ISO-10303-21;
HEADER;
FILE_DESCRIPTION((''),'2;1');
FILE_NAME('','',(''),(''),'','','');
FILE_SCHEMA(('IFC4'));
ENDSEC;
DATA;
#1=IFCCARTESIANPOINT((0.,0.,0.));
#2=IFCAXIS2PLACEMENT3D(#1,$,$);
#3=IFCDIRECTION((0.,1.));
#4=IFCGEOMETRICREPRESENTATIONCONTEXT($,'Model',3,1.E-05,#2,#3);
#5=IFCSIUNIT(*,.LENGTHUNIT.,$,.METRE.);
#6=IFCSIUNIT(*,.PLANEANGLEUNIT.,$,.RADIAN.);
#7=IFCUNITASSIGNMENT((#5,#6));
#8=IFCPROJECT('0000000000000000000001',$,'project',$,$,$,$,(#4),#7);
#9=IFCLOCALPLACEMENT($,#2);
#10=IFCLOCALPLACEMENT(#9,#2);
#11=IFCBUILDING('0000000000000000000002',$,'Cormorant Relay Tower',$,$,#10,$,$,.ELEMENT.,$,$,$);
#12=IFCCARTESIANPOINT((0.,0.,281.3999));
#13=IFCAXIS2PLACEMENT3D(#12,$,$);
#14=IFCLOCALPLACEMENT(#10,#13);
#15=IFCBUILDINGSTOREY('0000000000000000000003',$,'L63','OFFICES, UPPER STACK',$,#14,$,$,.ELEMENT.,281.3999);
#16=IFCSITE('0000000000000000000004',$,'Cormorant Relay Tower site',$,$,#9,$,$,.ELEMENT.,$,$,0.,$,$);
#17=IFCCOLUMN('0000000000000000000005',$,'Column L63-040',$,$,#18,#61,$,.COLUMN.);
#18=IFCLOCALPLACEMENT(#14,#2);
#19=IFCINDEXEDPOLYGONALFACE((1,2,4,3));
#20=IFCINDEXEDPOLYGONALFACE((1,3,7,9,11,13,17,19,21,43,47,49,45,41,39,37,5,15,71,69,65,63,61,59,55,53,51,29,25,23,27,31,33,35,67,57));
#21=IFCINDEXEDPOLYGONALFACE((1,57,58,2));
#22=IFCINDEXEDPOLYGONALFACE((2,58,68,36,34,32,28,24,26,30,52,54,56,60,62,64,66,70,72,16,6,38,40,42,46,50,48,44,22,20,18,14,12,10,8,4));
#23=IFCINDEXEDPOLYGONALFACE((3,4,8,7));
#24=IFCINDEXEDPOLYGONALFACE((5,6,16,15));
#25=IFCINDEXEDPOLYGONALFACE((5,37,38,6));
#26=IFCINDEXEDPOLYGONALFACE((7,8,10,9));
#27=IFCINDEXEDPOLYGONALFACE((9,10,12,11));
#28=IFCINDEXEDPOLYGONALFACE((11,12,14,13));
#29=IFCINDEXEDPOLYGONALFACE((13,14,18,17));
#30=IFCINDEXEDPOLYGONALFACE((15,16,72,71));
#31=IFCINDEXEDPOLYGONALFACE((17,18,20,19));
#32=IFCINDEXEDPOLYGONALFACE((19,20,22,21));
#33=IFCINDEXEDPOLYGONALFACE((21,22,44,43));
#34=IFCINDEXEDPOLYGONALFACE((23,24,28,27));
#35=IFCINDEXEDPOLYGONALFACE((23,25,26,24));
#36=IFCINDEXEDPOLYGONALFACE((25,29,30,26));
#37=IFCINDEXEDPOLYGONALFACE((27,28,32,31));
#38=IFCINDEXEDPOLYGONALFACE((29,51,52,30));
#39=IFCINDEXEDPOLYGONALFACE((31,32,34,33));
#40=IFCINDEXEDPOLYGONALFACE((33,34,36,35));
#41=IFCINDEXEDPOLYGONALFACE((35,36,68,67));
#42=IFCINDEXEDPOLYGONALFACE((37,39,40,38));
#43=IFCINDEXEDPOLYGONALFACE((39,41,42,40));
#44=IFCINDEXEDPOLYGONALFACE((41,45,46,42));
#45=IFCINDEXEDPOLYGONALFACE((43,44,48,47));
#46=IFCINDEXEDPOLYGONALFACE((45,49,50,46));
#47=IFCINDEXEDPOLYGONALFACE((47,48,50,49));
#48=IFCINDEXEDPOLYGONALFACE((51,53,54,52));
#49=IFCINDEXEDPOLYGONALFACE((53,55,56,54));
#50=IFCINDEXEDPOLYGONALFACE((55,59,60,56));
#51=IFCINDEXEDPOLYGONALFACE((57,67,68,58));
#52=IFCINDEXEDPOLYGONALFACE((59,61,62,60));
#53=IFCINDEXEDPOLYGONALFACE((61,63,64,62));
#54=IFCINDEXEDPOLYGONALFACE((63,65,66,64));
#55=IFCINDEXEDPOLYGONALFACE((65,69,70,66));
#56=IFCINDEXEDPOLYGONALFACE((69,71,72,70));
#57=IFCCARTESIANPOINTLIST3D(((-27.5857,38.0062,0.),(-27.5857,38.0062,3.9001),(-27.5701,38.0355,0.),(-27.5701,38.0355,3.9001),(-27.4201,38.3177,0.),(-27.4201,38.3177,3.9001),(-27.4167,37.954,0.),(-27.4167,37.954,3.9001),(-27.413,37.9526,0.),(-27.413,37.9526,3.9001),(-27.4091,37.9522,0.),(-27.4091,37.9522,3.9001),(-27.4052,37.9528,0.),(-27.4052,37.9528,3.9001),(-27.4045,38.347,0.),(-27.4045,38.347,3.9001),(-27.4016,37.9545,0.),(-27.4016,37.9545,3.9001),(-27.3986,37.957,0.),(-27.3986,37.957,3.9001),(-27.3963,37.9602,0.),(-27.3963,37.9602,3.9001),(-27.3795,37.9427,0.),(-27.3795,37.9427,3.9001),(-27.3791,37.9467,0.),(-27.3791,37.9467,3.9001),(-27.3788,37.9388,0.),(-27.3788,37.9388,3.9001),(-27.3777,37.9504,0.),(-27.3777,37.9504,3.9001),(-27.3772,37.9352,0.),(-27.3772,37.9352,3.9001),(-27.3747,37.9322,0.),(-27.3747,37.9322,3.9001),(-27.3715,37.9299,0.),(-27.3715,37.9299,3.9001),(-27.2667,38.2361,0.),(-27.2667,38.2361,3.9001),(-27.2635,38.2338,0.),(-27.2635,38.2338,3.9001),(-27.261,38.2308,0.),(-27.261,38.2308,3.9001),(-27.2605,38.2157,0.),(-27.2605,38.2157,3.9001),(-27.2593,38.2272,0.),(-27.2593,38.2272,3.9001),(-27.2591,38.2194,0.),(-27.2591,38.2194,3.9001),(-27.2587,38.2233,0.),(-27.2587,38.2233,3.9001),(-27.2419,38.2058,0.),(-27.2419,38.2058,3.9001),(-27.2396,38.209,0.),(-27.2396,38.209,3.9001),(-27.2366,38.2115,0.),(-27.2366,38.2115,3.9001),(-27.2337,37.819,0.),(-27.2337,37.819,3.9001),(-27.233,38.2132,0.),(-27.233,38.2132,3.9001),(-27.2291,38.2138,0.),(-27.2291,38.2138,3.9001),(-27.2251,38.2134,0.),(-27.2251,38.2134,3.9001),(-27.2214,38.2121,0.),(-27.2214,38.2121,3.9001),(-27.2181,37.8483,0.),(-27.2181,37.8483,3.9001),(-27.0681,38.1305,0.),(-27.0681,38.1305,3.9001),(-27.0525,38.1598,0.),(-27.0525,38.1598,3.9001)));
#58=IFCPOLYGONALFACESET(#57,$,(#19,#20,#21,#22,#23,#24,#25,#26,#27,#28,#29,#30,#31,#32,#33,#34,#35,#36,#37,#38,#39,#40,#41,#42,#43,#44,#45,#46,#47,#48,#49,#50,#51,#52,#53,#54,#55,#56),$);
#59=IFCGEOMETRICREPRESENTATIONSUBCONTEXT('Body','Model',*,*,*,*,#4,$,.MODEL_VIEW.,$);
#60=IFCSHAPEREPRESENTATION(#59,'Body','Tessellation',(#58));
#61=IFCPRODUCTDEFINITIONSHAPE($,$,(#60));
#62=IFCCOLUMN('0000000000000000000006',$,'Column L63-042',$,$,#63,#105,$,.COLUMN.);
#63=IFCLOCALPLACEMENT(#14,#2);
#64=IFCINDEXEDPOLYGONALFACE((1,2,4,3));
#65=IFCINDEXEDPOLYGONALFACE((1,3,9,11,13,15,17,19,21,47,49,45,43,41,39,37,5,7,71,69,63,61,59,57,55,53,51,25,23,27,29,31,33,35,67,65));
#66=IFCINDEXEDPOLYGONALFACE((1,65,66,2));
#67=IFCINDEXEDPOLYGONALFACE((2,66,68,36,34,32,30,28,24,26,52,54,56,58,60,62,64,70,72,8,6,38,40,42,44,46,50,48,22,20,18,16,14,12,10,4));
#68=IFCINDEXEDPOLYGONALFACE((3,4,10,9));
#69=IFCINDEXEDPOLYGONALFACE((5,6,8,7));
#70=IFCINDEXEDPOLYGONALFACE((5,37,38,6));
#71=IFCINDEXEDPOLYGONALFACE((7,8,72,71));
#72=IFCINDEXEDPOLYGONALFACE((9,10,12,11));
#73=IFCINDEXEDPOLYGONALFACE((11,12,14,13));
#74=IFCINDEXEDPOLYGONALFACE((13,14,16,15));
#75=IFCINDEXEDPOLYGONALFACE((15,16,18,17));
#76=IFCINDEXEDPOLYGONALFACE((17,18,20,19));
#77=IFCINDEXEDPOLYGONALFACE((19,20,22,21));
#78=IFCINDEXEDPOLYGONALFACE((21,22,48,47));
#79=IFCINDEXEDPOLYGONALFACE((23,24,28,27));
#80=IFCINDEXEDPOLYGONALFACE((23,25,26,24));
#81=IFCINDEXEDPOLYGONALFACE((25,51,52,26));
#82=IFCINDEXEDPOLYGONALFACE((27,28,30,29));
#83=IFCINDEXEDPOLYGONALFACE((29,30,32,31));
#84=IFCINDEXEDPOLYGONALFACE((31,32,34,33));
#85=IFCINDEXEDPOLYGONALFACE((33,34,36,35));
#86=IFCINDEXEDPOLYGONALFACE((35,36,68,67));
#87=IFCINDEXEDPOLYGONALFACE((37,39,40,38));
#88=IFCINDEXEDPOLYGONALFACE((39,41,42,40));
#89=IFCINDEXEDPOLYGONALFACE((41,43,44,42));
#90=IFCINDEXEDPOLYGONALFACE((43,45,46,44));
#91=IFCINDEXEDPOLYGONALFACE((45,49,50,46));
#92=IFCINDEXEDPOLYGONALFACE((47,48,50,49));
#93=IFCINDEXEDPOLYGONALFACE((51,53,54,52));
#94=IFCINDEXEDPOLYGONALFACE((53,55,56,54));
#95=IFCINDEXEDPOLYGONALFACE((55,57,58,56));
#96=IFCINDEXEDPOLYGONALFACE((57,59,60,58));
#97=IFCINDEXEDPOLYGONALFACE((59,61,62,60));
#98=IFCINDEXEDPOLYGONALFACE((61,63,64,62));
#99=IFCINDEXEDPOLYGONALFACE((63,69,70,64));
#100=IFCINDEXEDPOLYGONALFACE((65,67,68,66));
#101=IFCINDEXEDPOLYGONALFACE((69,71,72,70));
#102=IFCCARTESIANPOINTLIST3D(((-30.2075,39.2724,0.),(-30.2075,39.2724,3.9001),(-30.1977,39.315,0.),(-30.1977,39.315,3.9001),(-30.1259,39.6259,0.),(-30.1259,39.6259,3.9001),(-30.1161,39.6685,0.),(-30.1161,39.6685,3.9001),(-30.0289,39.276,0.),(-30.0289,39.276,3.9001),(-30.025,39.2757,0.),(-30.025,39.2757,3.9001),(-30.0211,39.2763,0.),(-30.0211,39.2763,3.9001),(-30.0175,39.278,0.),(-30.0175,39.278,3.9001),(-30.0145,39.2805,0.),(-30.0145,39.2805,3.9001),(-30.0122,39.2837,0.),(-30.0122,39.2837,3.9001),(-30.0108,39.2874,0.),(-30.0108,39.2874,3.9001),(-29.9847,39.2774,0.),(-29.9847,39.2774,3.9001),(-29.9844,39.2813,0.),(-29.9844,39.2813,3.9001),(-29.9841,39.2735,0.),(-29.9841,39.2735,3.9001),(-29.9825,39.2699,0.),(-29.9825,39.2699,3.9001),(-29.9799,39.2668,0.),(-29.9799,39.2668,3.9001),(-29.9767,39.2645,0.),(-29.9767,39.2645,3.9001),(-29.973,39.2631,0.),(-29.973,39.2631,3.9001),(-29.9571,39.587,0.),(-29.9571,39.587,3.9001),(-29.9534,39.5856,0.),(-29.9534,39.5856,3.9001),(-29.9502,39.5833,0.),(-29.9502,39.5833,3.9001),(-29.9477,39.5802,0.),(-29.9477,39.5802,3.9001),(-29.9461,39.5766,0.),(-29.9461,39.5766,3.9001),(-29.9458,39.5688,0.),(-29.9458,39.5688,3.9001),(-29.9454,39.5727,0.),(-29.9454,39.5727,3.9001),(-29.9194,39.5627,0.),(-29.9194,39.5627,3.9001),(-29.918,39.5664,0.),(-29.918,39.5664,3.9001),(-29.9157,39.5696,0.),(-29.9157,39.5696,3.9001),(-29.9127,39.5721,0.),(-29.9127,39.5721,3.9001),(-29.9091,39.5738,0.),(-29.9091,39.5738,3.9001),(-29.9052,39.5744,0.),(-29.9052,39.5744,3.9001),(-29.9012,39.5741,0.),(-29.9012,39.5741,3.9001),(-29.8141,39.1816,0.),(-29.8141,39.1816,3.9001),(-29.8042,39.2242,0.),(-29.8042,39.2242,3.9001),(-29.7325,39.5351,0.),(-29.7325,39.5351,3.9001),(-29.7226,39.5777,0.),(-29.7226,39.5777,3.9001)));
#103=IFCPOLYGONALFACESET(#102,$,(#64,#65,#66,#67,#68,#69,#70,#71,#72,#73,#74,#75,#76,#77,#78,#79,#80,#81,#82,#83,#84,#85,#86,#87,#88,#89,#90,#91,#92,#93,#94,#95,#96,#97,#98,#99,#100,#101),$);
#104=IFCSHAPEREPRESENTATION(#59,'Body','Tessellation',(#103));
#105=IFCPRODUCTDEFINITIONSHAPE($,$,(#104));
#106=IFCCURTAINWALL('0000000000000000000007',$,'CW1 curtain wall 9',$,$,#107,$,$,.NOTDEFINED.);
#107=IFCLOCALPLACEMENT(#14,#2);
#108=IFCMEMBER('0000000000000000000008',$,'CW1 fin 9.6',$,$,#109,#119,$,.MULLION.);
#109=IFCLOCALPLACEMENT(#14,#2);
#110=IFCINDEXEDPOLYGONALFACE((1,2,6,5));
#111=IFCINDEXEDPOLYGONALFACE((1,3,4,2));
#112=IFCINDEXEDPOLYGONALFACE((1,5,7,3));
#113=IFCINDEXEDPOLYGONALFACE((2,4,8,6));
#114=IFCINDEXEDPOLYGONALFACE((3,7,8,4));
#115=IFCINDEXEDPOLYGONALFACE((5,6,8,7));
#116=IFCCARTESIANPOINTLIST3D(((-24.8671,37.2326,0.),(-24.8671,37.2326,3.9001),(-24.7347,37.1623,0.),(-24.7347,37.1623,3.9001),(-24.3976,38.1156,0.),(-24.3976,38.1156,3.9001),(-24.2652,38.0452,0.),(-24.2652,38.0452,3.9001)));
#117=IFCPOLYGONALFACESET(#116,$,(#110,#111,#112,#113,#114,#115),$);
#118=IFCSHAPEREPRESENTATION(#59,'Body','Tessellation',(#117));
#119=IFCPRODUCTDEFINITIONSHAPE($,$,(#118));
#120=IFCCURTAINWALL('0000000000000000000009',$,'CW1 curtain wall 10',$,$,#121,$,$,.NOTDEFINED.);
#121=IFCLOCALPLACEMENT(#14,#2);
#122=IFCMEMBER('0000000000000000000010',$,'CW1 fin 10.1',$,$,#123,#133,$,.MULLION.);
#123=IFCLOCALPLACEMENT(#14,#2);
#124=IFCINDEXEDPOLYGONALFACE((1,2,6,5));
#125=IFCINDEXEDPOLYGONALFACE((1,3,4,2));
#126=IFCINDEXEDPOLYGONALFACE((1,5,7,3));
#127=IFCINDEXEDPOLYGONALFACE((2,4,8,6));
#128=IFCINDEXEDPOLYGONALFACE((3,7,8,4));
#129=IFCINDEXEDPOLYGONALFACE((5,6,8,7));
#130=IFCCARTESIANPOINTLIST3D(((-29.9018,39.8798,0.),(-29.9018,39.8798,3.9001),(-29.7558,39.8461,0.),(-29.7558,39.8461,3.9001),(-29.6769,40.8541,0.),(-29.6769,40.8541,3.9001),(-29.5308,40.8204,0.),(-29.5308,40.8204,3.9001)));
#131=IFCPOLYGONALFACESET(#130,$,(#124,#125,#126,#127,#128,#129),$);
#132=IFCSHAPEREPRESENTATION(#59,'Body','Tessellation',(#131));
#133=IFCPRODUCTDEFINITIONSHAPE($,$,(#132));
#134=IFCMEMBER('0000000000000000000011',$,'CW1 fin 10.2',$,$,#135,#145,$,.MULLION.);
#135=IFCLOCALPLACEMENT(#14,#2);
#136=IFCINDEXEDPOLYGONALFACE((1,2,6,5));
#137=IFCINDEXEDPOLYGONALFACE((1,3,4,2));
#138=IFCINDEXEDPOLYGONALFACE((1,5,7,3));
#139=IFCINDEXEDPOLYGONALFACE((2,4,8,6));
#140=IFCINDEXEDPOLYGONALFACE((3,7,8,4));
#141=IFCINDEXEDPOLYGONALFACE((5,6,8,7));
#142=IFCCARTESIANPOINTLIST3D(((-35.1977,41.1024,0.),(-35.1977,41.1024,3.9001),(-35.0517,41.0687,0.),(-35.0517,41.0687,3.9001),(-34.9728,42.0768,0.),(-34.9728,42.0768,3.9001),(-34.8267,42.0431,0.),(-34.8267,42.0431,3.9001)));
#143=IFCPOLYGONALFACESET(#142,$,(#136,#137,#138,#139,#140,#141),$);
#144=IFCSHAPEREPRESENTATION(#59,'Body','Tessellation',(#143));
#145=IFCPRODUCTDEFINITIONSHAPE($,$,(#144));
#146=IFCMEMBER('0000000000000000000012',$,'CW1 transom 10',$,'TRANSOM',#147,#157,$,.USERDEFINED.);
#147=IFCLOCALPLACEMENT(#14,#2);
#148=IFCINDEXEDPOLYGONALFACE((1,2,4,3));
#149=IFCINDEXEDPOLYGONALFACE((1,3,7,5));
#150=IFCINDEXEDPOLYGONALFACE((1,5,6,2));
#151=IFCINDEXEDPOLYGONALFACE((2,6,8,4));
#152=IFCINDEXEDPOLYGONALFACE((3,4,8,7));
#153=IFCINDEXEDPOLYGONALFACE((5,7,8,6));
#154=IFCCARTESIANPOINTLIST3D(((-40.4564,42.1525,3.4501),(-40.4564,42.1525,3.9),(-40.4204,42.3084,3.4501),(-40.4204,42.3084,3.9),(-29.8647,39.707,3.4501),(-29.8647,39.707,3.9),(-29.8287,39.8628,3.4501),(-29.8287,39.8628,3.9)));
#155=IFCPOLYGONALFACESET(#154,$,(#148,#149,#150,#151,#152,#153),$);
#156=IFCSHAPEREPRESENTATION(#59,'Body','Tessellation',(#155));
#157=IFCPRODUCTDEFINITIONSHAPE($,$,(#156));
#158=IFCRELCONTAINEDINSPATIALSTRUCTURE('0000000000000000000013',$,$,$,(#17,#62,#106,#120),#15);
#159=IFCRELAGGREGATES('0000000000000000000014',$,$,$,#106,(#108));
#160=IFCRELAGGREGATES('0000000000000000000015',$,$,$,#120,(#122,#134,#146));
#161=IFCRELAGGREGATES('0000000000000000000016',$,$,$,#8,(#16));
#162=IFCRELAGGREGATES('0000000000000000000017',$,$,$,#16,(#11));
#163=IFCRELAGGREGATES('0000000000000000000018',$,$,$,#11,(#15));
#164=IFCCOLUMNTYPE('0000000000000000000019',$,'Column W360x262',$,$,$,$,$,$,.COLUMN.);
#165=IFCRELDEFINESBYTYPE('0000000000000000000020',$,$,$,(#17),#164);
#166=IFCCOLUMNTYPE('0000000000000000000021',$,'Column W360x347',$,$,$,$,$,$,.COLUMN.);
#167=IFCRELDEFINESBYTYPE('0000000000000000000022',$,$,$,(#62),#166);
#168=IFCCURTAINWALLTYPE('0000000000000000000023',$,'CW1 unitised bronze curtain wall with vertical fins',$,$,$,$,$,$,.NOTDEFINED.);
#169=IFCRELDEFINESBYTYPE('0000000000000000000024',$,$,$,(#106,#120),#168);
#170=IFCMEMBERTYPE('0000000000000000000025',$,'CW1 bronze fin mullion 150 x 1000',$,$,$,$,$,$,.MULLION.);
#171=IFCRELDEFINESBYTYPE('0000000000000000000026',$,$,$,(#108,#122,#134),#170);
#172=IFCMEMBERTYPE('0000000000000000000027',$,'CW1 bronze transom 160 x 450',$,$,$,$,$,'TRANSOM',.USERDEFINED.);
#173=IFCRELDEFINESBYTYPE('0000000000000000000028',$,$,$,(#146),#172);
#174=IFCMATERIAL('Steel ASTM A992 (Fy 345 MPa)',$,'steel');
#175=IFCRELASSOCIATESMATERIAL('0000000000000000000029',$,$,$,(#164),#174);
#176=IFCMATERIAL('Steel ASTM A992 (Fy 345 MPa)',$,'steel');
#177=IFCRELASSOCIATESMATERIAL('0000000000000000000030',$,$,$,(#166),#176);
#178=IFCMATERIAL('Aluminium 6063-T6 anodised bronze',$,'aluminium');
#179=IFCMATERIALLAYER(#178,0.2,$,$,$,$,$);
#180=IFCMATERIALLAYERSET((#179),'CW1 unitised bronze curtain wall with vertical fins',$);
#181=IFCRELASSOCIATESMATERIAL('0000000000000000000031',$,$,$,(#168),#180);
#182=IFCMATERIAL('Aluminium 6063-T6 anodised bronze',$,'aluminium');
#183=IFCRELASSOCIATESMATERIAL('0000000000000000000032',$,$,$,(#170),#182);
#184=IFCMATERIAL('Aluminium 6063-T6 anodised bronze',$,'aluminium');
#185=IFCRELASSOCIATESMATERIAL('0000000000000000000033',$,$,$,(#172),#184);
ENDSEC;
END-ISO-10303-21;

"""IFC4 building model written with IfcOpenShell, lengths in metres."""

from ifc_helpers import new_model, si_unit, direction, frame, origin, origin_2d, place, context, subcontext, project, spatial, rectangle, i_section, extrude, material, layer, layer_set, material_profile, profile_set, type_object, element, aggregate, save


model = new_model("IFC4")

# Units and contexts
model_context = context("Model", 3, precision=1e-05, world=origin(), true_north=direction((0.0, 1.0)))
body_context = subcontext(model_context, "Body", "Model", "MODEL_VIEW")
ifc_project = project(units=[si_unit("LENGTHUNIT", "METRE"), si_unit("PLANEANGLEUNIT", "RADIAN")], contexts=[model_context])

# Site, building, storey
site_placement = place(None, origin())
site = spatial("IfcSite", under=ifc_project, at=site_placement, Name="Cormorant Relay Tower site", CompositionType="ELEMENT", RefElevation=0.0)
building_placement = place(site_placement, origin())
building = spatial("IfcBuilding", under=site, at=building_placement, Name="Cormorant Relay Tower", CompositionType="ELEMENT")
storey_placement = place(building_placement, frame((0.0, 0.0, 281.3999)))
storey = spatial("IfcBuildingStorey", under=building, at=storey_placement, Name="L63", Description="OFFICES, UPPER STACK", CompositionType="ELEMENT", Elevation=281.3999)

# Columns
ifc_material_1 = material(Name="Steel ASTM A992 (Fy 345 MPa)", Category="steel")
ifc_material_profile_1 = material_profile(ifc_material_1, i_section(OverallWidth=0.3987, OverallDepth=0.386, WebThickness=0.021, FlangeThickness=0.0332, FilletRadius=0.0151, at=origin_2d()), Name="W360x262")
ifc_profile_set_1 = profile_set([ifc_material_profile_1], Name="Steel ASTM A992 (Fy 345 MPa)")
column_type_1 = type_object("IfcColumnType", Name="Column W360x262", PredefinedType="COLUMN", material=ifc_profile_set_1)
column_1_placement = place(storey_placement, frame((-27.3191, 38.083, 0.0), z_axis=(0.0, 0.0, 1.0), x_axis=(-0.882948, 0.469472, 0.0)))
element("IfcColumn", 1, at=column_1_placement, inside=storey, type_object=column_type_1, Name="Column L63-040", PredefinedType="COLUMN", context=body_context, shape_type="SweptSolid", body=[
    extrude(i_section(OverallWidth=0.3987, OverallDepth=0.386, WebThickness=0.021, FlangeThickness=0.0332, FilletRadius=0.0151, at=origin_2d()), origin(), (0.0, 0.0, 1.0), 3.9001),
])
ifc_material_2 = material(Name="Steel ASTM A992 (Fy 345 MPa)", Category="steel")
ifc_material_profile_2 = material_profile(ifc_material_2, i_section(OverallWidth=0.4038, OverallDepth=0.4065, WebThickness=0.0271, FlangeThickness=0.0437, FilletRadius=0.0151, at=origin_2d()), Name="W360x347")
ifc_profile_set_2 = profile_set([ifc_material_profile_2], Name="Steel ASTM A992 (Fy 345 MPa)")
column_type_2 = type_object("IfcColumnType", Name="Column W360x347", PredefinedType="COLUMN", material=ifc_profile_set_2)
column_2_placement = place(storey_placement, frame((-29.9651, 39.425, 0.0), z_axis=(0.0, 0.0, 1.0), x_axis=(-0.97437, 0.224951, 0.0)))
element("IfcColumn", 2, at=column_2_placement, inside=storey, type_object=column_type_2, Name="Column L63-042", PredefinedType="COLUMN", context=body_context, shape_type="SweptSolid", body=[
    extrude(i_section(OverallWidth=0.4038, OverallDepth=0.4065, WebThickness=0.0271, FlangeThickness=0.0437, FilletRadius=0.0151, at=origin_2d()), origin(), (0.0, 0.0, 1.0), 3.9001),
])

# Curtain wall, member
ifc_material_3 = material(Name="Aluminium 6063-T6 anodised bronze", Category="aluminium")
ifc_layer_1 = layer(ifc_material_3, 0.2)
ifc_layer_set_1 = layer_set([ifc_layer_1], Name="CW1 unitised bronze curtain wall with vertical fins")
curtain_wall_type = type_object("IfcCurtainWallType", Name="CW1 unitised bronze curtain wall with vertical fins", PredefinedType="NOTDEFINED", material=ifc_layer_set_1)
curtain_wall_1_placement = place(storey_placement, origin())
curtain_wall_1 = element("IfcCurtainWall", 3, at=curtain_wall_1_placement, inside=storey, type_object=curtain_wall_type, Name="CW1 curtain wall 9", PredefinedType="NOTDEFINED")
ifc_material_4 = material(Name="Aluminium 6063-T6 anodised bronze", Category="aluminium")
ifc_material_profile_3 = material_profile(ifc_material_4, rectangle(XDim=0.1499, YDim=1.0, at=origin_2d()), Name="AL 150x1000")
ifc_profile_set_3 = profile_set([ifc_material_profile_3], Name="Aluminium 6063-T6 anodised bronze")
member_type_1 = type_object("IfcMemberType", Name="CW1 bronze fin mullion 150 x 1000", PredefinedType="MULLION", material=ifc_profile_set_3)
member_1_placement = place(storey_placement, frame((-24.5662, 37.6389, 0.0), z_axis=(0.0, 0.0, 1.0), x_axis=(-0.882948, 0.469472, 0.0)))
member_1 = element("IfcMember", 4, at=member_1_placement, type_object=member_type_1, Name="CW1 fin 9.6", PredefinedType="MULLION", context=body_context, shape_type="SweptSolid", body=[
    extrude(rectangle(XDim=0.1499, YDim=1.0, at=origin_2d()), origin(), (0.0, 0.0, 1.0), 3.9001),
])

# Curtain wall, members
curtain_wall_2_placement = place(storey_placement, origin())
curtain_wall_2 = element("IfcCurtainWall", 5, at=curtain_wall_2_placement, inside=storey, type_object=curtain_wall_type, Name="CW1 curtain wall 10", PredefinedType="NOTDEFINED")
member_2_placement = place(storey_placement, frame((-29.7163, 40.3501, 0.0), z_axis=(0.0, 0.0, 1.0), x_axis=(-0.97437, 0.224951, 0.0)))
member_2 = element("IfcMember", 6, at=member_2_placement, type_object=member_type_1, Name="CW1 fin 10.1", PredefinedType="MULLION", context=body_context, shape_type="SweptSolid", body=[
    extrude(rectangle(XDim=0.1499, YDim=1.0, at=origin_2d()), origin(), (0.0, 0.0, 1.0), 3.9001),
])
member_3_placement = place(storey_placement, frame((-35.0122, 41.5728, 0.0), z_axis=(0.0, 0.0, 1.0), x_axis=(-0.97437, 0.224951, 0.0)))
member_3 = element("IfcMember", 7, at=member_3_placement, type_object=member_type_1, Name="CW1 fin 10.2", PredefinedType="MULLION", context=body_context, shape_type="SweptSolid", body=[
    extrude(rectangle(XDim=0.1499, YDim=1.0, at=origin_2d()), origin(), (0.0, 0.0, 1.0), 3.9001),
])
ifc_material_5 = material(Name="Aluminium 6063-T6 anodised bronze", Category="aluminium")
ifc_material_profile_4 = material_profile(ifc_material_5, rectangle(XDim=0.1599, YDim=0.45, at=origin_2d()), Name="AL 160x450")
ifc_profile_set_4 = profile_set([ifc_material_profile_4], Name="Aluminium 6063-T6 anodised bronze")
member_type_2 = type_object("IfcMemberType", Name="CW1 bronze transom 160 x 450", ElementType="TRANSOM", PredefinedType="USERDEFINED", material=ifc_profile_set_4)
member_4_placement = place(storey_placement, frame((-29.8467, 39.7849, 3.675), z_axis=(-0.974365, 0.224973, 0.0), x_axis=(-0.224973, -0.974365, 0.0)))
member_4 = element("IfcMember", 8, at=member_4_placement, type_object=member_type_2, Name="CW1 transom 10", ObjectType="TRANSOM", PredefinedType="USERDEFINED", context=body_context, shape_type="SweptSolid", body=[
    extrude(rectangle(XDim=0.1599, YDim=0.45, at=origin_2d()), origin(), (0.0, 0.0, 1.0), 10.8704),
])

aggregate(curtain_wall_1, [member_1])
aggregate(curtain_wall_2, [member_2, member_3, member_4])

save(model, "model.ifc")
